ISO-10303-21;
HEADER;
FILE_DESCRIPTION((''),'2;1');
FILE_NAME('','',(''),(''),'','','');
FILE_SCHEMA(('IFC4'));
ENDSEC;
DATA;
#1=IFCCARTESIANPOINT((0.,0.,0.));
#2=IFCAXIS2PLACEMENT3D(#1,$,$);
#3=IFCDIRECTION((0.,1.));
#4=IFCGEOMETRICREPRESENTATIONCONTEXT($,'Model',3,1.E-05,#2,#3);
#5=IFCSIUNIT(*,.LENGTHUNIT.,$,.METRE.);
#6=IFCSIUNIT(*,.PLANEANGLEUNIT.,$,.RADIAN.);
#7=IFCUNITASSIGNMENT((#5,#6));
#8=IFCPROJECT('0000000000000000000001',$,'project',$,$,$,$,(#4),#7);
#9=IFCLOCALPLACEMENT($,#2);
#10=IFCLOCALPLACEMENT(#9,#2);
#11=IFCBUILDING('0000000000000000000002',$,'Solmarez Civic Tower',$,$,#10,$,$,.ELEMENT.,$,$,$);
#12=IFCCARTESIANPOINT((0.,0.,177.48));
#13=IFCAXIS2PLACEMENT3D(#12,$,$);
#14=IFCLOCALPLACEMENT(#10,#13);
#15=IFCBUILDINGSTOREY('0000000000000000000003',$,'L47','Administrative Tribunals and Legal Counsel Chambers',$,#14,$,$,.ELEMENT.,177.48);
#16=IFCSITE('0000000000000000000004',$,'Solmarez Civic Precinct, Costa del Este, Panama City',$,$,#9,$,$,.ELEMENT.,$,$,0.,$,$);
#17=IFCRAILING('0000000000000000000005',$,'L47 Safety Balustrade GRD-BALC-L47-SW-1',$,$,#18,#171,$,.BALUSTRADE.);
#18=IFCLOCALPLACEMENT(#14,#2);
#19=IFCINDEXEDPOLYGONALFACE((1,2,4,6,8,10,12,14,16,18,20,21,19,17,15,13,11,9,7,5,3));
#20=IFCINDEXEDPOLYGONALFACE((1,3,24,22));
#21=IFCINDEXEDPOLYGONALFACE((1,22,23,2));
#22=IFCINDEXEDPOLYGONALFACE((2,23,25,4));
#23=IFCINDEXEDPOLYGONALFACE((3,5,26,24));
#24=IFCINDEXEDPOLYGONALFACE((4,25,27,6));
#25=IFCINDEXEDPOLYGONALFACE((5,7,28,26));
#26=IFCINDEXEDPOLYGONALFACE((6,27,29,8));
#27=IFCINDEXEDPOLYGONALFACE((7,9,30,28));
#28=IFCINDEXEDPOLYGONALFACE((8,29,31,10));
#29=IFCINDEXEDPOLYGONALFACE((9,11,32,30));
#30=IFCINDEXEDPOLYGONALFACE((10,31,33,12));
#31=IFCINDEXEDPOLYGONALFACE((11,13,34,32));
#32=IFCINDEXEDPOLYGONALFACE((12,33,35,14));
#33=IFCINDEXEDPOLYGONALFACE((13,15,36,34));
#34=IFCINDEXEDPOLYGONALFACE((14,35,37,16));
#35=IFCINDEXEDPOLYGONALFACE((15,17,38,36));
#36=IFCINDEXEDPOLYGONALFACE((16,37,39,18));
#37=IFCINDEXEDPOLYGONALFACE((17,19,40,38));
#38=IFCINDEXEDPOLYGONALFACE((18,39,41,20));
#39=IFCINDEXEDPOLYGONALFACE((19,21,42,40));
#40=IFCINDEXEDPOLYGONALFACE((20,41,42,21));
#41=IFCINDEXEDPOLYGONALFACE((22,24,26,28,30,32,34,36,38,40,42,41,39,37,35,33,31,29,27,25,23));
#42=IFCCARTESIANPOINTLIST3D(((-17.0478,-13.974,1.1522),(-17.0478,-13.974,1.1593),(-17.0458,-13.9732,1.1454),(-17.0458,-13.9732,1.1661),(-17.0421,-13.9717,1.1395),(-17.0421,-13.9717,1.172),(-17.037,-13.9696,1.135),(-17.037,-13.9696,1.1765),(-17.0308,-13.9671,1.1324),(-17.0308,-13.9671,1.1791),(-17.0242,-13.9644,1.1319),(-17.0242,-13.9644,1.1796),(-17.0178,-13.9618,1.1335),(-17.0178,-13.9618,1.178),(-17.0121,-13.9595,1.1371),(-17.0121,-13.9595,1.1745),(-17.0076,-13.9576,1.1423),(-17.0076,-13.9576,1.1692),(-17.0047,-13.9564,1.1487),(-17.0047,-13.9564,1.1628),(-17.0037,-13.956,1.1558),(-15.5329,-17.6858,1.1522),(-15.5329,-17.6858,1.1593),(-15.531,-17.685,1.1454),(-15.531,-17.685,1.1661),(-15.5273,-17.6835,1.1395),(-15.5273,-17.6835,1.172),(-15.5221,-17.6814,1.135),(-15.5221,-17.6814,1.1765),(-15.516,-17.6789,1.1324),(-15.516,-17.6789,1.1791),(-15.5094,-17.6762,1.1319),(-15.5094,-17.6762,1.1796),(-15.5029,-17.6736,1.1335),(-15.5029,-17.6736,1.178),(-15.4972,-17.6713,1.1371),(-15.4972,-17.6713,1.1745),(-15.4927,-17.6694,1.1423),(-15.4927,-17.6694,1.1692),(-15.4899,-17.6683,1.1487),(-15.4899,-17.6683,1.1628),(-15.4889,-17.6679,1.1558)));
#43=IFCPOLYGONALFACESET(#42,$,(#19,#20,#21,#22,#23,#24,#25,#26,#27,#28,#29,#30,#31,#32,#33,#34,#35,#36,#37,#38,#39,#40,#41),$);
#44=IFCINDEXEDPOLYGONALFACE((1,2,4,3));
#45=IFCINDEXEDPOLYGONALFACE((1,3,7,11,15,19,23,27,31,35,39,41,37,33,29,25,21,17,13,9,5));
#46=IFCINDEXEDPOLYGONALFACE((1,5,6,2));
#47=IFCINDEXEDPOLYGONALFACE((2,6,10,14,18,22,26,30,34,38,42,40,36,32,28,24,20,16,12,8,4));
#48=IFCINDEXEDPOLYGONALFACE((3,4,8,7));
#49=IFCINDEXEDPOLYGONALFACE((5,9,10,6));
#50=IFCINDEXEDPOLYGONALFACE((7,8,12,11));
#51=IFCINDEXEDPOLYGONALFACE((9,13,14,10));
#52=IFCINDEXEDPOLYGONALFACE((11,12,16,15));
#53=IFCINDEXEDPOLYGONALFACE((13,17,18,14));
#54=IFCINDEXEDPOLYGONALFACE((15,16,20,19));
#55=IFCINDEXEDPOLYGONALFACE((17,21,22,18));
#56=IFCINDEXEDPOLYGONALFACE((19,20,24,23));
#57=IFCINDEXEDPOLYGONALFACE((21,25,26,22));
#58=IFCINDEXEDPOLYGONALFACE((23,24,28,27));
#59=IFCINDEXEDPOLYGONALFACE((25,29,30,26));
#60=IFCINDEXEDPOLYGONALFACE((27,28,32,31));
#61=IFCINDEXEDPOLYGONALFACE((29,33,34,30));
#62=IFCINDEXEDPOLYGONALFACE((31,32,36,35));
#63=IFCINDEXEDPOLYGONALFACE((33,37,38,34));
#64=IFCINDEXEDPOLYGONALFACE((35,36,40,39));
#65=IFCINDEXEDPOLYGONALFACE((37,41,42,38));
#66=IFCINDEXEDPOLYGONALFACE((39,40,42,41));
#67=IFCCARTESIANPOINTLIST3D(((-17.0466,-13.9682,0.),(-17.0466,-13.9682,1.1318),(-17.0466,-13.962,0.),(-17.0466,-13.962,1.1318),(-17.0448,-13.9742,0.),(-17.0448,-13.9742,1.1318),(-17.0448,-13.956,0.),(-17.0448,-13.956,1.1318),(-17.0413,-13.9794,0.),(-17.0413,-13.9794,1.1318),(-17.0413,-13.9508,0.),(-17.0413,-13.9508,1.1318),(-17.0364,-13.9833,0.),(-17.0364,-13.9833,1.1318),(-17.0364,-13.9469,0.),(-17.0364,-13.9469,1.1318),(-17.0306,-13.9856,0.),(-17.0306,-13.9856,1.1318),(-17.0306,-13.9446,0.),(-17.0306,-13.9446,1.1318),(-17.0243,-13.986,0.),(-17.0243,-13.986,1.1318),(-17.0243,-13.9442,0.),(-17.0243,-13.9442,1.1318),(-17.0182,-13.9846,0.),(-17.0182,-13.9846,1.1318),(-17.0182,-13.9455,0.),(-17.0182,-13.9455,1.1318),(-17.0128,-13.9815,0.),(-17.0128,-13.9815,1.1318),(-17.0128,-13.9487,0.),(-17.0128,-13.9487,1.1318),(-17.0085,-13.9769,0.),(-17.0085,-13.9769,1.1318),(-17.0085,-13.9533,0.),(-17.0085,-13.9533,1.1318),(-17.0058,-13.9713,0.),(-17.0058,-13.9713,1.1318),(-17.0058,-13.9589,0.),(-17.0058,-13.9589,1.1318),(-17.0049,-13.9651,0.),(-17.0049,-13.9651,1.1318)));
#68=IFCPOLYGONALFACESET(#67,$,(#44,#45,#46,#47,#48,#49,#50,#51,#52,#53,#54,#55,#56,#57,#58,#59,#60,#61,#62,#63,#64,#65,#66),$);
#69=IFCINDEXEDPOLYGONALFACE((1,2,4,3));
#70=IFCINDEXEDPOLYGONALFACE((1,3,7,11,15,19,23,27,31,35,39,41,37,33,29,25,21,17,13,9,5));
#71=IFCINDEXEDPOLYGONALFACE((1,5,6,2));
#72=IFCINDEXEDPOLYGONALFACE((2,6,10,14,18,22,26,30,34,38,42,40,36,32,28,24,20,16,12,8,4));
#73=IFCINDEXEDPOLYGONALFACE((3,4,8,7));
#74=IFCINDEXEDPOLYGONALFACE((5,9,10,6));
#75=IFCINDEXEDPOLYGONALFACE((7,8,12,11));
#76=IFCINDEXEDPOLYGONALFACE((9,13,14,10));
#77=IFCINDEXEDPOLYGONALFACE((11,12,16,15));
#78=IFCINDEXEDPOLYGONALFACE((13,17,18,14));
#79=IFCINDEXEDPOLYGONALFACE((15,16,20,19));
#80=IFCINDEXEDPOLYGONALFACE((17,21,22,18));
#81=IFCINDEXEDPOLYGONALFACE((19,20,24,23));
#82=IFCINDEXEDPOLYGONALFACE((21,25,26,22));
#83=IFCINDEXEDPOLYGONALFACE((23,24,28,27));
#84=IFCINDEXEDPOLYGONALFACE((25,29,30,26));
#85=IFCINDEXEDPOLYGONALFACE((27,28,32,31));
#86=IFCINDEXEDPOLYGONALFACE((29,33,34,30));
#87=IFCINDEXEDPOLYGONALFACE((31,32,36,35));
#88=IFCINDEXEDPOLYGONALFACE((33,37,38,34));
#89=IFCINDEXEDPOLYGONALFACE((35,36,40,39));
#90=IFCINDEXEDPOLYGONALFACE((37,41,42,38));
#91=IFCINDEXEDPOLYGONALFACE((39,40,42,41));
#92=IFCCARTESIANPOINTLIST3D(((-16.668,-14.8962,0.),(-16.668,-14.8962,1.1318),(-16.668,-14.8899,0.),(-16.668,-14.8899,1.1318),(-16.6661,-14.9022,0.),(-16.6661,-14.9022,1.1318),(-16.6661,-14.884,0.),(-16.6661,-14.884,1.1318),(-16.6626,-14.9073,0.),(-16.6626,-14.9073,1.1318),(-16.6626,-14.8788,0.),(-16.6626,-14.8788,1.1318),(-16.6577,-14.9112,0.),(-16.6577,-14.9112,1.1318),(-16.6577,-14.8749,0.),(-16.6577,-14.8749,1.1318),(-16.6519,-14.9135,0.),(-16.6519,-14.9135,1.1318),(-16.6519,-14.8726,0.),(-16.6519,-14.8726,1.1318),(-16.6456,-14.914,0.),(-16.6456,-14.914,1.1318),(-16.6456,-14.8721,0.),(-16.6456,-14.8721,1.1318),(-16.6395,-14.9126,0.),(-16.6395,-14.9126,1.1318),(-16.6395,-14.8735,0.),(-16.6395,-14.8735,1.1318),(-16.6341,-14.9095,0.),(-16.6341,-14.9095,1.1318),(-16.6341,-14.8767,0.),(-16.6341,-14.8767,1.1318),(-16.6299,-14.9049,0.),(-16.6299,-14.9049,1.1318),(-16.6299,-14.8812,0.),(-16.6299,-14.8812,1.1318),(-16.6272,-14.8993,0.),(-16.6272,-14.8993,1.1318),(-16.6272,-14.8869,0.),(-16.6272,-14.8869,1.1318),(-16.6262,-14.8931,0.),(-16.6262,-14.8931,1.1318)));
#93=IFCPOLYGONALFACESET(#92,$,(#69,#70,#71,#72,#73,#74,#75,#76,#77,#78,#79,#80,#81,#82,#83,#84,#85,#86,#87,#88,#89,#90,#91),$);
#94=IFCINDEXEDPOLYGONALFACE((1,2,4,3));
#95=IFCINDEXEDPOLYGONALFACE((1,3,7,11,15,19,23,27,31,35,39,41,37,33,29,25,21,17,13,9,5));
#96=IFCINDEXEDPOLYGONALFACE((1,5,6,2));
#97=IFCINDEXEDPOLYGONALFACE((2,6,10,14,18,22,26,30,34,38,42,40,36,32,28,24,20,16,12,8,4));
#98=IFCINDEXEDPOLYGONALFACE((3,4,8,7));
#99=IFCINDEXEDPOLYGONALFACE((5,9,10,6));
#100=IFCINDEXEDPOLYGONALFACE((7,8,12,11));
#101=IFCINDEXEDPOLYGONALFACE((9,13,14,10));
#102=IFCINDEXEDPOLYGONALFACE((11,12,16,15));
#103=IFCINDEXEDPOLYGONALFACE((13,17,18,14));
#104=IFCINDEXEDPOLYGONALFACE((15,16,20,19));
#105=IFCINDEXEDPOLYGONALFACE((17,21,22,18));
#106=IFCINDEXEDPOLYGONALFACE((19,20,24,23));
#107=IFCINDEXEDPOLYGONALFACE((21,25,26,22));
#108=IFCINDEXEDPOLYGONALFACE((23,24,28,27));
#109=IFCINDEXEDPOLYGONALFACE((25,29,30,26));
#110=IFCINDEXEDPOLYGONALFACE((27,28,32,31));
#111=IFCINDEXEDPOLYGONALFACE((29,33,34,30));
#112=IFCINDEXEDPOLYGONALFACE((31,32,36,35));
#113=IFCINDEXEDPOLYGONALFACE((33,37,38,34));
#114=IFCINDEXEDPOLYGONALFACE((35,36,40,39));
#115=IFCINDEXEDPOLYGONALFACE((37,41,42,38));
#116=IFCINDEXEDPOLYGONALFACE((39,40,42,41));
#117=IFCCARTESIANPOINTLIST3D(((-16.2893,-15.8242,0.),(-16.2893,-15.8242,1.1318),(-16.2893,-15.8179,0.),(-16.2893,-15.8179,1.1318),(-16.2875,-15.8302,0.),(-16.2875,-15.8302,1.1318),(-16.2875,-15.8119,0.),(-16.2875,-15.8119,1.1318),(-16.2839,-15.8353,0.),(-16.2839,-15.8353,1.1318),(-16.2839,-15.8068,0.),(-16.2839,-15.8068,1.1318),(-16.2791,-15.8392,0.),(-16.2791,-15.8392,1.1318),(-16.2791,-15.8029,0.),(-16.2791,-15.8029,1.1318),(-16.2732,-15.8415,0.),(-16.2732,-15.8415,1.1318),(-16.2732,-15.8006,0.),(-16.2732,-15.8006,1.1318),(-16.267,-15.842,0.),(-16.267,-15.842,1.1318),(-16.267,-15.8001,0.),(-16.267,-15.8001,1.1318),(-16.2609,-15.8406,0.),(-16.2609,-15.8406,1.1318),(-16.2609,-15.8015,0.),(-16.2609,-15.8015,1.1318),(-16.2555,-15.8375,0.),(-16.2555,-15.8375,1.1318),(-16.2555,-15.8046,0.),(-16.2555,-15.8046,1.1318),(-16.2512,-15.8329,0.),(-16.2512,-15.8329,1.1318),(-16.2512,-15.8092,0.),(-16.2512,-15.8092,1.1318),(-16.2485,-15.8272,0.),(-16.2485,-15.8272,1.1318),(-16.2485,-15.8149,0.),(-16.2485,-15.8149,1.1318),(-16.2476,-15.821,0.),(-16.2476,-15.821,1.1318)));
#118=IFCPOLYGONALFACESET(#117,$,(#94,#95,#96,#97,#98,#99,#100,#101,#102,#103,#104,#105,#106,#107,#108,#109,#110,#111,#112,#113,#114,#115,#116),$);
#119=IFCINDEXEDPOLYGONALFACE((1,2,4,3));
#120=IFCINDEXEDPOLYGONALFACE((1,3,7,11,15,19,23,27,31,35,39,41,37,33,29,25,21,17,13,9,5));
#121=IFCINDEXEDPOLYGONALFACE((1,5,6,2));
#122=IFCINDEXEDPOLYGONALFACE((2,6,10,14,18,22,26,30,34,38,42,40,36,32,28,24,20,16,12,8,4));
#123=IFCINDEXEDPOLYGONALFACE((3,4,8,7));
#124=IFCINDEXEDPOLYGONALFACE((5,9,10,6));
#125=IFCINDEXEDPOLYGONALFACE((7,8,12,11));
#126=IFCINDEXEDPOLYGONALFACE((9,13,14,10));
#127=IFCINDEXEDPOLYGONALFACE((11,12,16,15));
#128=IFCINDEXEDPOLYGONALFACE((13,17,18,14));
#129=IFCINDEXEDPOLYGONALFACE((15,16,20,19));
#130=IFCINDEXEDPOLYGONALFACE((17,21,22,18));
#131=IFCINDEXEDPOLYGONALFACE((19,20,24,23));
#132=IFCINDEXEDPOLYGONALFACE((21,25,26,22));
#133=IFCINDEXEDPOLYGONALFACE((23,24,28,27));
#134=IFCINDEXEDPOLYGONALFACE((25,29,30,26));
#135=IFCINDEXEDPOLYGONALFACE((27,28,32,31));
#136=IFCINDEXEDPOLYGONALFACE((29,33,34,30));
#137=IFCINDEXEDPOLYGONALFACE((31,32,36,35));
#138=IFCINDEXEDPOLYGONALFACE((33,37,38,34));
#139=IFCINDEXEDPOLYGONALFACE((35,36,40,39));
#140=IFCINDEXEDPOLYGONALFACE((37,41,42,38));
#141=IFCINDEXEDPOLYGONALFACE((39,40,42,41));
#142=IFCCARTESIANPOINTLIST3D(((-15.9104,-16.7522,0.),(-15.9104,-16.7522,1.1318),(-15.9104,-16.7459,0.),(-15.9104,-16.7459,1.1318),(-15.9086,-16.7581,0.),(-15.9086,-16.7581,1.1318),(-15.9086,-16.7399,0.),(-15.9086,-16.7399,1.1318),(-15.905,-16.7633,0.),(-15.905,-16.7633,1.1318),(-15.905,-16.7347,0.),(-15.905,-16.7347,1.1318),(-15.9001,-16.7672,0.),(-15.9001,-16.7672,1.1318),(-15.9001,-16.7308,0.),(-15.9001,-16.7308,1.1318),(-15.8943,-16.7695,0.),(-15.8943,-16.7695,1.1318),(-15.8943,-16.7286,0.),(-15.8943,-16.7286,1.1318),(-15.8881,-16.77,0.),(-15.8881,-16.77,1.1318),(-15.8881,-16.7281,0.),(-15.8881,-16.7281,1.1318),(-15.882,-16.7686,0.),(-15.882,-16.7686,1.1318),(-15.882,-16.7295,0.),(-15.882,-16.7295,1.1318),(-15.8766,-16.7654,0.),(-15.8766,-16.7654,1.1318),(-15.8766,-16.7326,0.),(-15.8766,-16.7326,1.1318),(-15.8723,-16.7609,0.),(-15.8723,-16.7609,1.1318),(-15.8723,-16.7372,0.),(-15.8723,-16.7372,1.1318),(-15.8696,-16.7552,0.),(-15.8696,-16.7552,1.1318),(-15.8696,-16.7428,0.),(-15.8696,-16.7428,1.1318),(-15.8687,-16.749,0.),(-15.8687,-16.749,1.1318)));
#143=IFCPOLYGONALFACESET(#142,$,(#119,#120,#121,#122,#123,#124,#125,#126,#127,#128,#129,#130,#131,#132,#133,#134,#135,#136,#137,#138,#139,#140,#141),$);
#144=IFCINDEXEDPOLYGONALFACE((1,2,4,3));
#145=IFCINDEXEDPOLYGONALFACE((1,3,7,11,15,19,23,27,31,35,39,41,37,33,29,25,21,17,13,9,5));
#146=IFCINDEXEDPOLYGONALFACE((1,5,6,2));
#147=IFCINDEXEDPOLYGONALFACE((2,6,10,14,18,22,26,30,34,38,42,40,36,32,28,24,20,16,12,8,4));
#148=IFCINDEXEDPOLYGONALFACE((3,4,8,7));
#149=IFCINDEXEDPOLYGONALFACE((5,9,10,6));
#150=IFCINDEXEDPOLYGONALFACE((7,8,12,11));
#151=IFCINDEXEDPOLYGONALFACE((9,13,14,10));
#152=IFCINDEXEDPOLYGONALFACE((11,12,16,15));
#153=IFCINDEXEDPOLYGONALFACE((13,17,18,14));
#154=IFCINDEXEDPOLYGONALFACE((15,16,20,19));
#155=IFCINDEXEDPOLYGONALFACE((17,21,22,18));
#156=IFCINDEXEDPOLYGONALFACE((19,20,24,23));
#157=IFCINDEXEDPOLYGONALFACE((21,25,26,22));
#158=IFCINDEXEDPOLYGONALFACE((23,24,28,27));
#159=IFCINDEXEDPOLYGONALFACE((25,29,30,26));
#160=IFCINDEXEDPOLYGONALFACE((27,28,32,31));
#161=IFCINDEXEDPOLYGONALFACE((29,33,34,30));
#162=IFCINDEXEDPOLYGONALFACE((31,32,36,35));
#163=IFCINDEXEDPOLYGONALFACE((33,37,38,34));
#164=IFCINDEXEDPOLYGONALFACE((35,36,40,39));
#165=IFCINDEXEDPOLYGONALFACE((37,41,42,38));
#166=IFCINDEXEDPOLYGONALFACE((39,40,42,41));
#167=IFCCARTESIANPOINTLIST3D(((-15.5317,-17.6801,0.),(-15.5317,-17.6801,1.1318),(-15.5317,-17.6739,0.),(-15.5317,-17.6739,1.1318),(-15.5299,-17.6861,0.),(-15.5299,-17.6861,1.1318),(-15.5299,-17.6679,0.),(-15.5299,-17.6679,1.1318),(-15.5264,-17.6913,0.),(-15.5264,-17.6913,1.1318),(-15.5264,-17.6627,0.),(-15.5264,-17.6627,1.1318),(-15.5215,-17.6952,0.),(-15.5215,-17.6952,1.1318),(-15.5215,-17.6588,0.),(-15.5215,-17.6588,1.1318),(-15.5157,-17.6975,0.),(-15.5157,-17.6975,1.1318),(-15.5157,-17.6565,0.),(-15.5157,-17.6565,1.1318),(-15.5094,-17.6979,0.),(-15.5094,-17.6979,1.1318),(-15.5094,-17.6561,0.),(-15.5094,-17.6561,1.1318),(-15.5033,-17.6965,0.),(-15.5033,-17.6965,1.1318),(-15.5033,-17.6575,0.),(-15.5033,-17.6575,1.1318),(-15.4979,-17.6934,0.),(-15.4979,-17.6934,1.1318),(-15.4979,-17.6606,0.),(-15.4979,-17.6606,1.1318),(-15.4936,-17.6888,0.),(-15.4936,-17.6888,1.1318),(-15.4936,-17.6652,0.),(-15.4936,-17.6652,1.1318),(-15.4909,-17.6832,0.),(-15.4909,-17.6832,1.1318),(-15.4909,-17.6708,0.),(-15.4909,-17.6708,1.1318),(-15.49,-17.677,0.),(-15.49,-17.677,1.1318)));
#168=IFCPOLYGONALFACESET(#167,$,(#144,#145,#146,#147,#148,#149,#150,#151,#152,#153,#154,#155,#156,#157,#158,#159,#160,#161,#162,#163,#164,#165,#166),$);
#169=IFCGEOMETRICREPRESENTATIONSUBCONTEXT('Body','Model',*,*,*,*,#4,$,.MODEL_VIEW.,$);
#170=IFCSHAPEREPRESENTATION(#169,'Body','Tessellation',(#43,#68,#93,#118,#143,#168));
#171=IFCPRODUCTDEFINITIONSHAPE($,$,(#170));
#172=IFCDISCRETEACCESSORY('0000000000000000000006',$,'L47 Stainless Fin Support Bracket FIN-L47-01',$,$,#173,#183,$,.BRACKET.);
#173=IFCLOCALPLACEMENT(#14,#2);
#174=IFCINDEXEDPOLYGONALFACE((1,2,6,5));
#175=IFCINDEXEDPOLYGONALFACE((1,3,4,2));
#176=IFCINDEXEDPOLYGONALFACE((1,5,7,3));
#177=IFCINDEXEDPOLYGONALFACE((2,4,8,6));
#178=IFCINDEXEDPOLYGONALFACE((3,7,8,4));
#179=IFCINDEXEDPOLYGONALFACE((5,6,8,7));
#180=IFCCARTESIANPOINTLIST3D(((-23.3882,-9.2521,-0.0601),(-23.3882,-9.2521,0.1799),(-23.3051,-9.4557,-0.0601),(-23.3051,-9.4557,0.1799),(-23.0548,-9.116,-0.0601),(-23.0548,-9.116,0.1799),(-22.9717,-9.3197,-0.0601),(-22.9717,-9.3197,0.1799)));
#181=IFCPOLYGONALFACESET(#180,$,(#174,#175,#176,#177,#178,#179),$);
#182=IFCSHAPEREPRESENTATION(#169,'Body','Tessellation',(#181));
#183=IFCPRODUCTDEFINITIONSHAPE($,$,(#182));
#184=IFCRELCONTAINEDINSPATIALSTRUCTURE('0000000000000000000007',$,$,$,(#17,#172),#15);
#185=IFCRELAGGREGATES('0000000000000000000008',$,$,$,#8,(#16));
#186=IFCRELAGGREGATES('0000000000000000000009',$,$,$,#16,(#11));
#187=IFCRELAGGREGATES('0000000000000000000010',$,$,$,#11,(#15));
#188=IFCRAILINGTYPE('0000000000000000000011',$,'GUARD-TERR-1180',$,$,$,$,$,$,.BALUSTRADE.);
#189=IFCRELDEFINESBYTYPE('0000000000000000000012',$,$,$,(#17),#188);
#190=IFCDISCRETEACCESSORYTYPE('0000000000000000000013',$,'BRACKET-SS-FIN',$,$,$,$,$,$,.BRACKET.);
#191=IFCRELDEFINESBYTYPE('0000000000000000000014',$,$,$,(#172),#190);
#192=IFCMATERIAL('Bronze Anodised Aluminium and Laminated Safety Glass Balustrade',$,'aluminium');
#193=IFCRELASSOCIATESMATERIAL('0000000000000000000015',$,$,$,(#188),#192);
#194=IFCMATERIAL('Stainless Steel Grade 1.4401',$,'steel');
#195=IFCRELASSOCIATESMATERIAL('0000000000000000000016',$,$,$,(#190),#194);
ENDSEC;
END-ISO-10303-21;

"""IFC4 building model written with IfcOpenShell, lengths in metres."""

from ifc_helpers import new_model, si_unit, direction, frame, origin, origin_2d, place, context, subcontext, project, spatial, rectangle, circle, extrude, material, type_object, element, save


model = new_model("IFC4")

# Units and contexts
model_context = context("Model", 3, precision=1e-05, world=origin(), true_north=direction((0.0, 1.0)))
body_context = subcontext(model_context, "Body", "Model", "MODEL_VIEW")
ifc_project = project(units=[si_unit("LENGTHUNIT", "METRE"), si_unit("PLANEANGLEUNIT", "RADIAN")], contexts=[model_context])

# Site, building, storey
site_placement = place(None, origin())
site = spatial("IfcSite", under=ifc_project, at=site_placement, Name="Solmarez Civic Precinct, Costa del Este, Panama City", CompositionType="ELEMENT", RefElevation=0.0)
building_placement = place(site_placement, origin())
building = spatial("IfcBuilding", under=site, at=building_placement, Name="Solmarez Civic Tower", CompositionType="ELEMENT")
storey_placement = place(building_placement, frame((0.0, 0.0, 177.48)))
storey = spatial("IfcBuildingStorey", under=building, at=storey_placement, Name="L47", Description="Administrative Tribunals and Legal Counsel Chambers", CompositionType="ELEMENT", Elevation=177.48)

# Railing
ifc_material_1 = material(Name="Bronze Anodised Aluminium and Laminated Safety Glass Balustrade", Category="aluminium")
railing_type = type_object("IfcRailingType", Name="GUARD-TERR-1180", PredefinedType="BALUSTRADE", material=ifc_material_1)
railing_placement = place(storey_placement, frame((-17.0259, -13.9651, 0.0)))
element("IfcRailing", 1, at=railing_placement, inside=storey, type_object=railing_type, Name="L47 Safety Balustrade GRD-BALC-L47-SW-1", PredefinedType="BALUSTRADE", context=body_context, shape_type="SweptSolid", body=[
    extrude(circle(Radius=0.0239, at=origin_2d()), frame((0.0, 0.0, 1.1558), z_axis=(0.37786, -0.925863, 0.0), x_axis=(0.925863, 0.37786, 0.0)), (0.0, 0.0, 1.0), 4.009),
    extrude(circle(Radius=0.021, at=origin_2d()), origin(), (0.0, 0.0, 1.0), 1.1318),
    extrude(circle(Radius=0.021, at=origin_2d()), frame((0.3787, -0.928, 0.0)), (0.0, 0.0, 1.0), 1.1318),
    extrude(circle(Radius=0.021, at=origin_2d()), frame((0.7573, -1.856, 0.0)), (0.0, 0.0, 1.0), 1.1318),
    extrude(circle(Radius=0.021, at=origin_2d()), frame((1.1362, -2.7839, 0.0)), (0.0, 0.0, 1.0), 1.1318),
    extrude(circle(Radius=0.021, at=origin_2d()), frame((1.5149, -3.7119, 0.0)), (0.0, 0.0, 1.0), 1.1318),
])

# Discrete accessory
ifc_material_2 = material(Name="Stainless Steel Grade 1.4401", Category="steel")
discrete_accessory_type = type_object("IfcDiscreteAccessoryType", Name="BRACKET-SS-FIN", PredefinedType="BRACKET", material=ifc_material_2)
discrete_accessory_placement = place(storey_placement, frame((-23.1799, -9.2859, -0.0601), z_axis=(0.0, 0.0, 1.0), x_axis=(-0.925882, -0.377814, 0.0)))
element("IfcDiscreteAccessory", 2, at=discrete_accessory_placement, inside=storey, type_object=discrete_accessory_type, Name="L47 Stainless Fin Support Bracket FIN-L47-01", PredefinedType="BRACKET", context=body_context, shape_type="SweptSolid", body=[
    extrude(rectangle(XDim=0.3601, YDim=0.22, at=origin_2d()), origin(), (0.0, 0.0, 1.0), 0.24),
])

save(model, "model.ifc")
